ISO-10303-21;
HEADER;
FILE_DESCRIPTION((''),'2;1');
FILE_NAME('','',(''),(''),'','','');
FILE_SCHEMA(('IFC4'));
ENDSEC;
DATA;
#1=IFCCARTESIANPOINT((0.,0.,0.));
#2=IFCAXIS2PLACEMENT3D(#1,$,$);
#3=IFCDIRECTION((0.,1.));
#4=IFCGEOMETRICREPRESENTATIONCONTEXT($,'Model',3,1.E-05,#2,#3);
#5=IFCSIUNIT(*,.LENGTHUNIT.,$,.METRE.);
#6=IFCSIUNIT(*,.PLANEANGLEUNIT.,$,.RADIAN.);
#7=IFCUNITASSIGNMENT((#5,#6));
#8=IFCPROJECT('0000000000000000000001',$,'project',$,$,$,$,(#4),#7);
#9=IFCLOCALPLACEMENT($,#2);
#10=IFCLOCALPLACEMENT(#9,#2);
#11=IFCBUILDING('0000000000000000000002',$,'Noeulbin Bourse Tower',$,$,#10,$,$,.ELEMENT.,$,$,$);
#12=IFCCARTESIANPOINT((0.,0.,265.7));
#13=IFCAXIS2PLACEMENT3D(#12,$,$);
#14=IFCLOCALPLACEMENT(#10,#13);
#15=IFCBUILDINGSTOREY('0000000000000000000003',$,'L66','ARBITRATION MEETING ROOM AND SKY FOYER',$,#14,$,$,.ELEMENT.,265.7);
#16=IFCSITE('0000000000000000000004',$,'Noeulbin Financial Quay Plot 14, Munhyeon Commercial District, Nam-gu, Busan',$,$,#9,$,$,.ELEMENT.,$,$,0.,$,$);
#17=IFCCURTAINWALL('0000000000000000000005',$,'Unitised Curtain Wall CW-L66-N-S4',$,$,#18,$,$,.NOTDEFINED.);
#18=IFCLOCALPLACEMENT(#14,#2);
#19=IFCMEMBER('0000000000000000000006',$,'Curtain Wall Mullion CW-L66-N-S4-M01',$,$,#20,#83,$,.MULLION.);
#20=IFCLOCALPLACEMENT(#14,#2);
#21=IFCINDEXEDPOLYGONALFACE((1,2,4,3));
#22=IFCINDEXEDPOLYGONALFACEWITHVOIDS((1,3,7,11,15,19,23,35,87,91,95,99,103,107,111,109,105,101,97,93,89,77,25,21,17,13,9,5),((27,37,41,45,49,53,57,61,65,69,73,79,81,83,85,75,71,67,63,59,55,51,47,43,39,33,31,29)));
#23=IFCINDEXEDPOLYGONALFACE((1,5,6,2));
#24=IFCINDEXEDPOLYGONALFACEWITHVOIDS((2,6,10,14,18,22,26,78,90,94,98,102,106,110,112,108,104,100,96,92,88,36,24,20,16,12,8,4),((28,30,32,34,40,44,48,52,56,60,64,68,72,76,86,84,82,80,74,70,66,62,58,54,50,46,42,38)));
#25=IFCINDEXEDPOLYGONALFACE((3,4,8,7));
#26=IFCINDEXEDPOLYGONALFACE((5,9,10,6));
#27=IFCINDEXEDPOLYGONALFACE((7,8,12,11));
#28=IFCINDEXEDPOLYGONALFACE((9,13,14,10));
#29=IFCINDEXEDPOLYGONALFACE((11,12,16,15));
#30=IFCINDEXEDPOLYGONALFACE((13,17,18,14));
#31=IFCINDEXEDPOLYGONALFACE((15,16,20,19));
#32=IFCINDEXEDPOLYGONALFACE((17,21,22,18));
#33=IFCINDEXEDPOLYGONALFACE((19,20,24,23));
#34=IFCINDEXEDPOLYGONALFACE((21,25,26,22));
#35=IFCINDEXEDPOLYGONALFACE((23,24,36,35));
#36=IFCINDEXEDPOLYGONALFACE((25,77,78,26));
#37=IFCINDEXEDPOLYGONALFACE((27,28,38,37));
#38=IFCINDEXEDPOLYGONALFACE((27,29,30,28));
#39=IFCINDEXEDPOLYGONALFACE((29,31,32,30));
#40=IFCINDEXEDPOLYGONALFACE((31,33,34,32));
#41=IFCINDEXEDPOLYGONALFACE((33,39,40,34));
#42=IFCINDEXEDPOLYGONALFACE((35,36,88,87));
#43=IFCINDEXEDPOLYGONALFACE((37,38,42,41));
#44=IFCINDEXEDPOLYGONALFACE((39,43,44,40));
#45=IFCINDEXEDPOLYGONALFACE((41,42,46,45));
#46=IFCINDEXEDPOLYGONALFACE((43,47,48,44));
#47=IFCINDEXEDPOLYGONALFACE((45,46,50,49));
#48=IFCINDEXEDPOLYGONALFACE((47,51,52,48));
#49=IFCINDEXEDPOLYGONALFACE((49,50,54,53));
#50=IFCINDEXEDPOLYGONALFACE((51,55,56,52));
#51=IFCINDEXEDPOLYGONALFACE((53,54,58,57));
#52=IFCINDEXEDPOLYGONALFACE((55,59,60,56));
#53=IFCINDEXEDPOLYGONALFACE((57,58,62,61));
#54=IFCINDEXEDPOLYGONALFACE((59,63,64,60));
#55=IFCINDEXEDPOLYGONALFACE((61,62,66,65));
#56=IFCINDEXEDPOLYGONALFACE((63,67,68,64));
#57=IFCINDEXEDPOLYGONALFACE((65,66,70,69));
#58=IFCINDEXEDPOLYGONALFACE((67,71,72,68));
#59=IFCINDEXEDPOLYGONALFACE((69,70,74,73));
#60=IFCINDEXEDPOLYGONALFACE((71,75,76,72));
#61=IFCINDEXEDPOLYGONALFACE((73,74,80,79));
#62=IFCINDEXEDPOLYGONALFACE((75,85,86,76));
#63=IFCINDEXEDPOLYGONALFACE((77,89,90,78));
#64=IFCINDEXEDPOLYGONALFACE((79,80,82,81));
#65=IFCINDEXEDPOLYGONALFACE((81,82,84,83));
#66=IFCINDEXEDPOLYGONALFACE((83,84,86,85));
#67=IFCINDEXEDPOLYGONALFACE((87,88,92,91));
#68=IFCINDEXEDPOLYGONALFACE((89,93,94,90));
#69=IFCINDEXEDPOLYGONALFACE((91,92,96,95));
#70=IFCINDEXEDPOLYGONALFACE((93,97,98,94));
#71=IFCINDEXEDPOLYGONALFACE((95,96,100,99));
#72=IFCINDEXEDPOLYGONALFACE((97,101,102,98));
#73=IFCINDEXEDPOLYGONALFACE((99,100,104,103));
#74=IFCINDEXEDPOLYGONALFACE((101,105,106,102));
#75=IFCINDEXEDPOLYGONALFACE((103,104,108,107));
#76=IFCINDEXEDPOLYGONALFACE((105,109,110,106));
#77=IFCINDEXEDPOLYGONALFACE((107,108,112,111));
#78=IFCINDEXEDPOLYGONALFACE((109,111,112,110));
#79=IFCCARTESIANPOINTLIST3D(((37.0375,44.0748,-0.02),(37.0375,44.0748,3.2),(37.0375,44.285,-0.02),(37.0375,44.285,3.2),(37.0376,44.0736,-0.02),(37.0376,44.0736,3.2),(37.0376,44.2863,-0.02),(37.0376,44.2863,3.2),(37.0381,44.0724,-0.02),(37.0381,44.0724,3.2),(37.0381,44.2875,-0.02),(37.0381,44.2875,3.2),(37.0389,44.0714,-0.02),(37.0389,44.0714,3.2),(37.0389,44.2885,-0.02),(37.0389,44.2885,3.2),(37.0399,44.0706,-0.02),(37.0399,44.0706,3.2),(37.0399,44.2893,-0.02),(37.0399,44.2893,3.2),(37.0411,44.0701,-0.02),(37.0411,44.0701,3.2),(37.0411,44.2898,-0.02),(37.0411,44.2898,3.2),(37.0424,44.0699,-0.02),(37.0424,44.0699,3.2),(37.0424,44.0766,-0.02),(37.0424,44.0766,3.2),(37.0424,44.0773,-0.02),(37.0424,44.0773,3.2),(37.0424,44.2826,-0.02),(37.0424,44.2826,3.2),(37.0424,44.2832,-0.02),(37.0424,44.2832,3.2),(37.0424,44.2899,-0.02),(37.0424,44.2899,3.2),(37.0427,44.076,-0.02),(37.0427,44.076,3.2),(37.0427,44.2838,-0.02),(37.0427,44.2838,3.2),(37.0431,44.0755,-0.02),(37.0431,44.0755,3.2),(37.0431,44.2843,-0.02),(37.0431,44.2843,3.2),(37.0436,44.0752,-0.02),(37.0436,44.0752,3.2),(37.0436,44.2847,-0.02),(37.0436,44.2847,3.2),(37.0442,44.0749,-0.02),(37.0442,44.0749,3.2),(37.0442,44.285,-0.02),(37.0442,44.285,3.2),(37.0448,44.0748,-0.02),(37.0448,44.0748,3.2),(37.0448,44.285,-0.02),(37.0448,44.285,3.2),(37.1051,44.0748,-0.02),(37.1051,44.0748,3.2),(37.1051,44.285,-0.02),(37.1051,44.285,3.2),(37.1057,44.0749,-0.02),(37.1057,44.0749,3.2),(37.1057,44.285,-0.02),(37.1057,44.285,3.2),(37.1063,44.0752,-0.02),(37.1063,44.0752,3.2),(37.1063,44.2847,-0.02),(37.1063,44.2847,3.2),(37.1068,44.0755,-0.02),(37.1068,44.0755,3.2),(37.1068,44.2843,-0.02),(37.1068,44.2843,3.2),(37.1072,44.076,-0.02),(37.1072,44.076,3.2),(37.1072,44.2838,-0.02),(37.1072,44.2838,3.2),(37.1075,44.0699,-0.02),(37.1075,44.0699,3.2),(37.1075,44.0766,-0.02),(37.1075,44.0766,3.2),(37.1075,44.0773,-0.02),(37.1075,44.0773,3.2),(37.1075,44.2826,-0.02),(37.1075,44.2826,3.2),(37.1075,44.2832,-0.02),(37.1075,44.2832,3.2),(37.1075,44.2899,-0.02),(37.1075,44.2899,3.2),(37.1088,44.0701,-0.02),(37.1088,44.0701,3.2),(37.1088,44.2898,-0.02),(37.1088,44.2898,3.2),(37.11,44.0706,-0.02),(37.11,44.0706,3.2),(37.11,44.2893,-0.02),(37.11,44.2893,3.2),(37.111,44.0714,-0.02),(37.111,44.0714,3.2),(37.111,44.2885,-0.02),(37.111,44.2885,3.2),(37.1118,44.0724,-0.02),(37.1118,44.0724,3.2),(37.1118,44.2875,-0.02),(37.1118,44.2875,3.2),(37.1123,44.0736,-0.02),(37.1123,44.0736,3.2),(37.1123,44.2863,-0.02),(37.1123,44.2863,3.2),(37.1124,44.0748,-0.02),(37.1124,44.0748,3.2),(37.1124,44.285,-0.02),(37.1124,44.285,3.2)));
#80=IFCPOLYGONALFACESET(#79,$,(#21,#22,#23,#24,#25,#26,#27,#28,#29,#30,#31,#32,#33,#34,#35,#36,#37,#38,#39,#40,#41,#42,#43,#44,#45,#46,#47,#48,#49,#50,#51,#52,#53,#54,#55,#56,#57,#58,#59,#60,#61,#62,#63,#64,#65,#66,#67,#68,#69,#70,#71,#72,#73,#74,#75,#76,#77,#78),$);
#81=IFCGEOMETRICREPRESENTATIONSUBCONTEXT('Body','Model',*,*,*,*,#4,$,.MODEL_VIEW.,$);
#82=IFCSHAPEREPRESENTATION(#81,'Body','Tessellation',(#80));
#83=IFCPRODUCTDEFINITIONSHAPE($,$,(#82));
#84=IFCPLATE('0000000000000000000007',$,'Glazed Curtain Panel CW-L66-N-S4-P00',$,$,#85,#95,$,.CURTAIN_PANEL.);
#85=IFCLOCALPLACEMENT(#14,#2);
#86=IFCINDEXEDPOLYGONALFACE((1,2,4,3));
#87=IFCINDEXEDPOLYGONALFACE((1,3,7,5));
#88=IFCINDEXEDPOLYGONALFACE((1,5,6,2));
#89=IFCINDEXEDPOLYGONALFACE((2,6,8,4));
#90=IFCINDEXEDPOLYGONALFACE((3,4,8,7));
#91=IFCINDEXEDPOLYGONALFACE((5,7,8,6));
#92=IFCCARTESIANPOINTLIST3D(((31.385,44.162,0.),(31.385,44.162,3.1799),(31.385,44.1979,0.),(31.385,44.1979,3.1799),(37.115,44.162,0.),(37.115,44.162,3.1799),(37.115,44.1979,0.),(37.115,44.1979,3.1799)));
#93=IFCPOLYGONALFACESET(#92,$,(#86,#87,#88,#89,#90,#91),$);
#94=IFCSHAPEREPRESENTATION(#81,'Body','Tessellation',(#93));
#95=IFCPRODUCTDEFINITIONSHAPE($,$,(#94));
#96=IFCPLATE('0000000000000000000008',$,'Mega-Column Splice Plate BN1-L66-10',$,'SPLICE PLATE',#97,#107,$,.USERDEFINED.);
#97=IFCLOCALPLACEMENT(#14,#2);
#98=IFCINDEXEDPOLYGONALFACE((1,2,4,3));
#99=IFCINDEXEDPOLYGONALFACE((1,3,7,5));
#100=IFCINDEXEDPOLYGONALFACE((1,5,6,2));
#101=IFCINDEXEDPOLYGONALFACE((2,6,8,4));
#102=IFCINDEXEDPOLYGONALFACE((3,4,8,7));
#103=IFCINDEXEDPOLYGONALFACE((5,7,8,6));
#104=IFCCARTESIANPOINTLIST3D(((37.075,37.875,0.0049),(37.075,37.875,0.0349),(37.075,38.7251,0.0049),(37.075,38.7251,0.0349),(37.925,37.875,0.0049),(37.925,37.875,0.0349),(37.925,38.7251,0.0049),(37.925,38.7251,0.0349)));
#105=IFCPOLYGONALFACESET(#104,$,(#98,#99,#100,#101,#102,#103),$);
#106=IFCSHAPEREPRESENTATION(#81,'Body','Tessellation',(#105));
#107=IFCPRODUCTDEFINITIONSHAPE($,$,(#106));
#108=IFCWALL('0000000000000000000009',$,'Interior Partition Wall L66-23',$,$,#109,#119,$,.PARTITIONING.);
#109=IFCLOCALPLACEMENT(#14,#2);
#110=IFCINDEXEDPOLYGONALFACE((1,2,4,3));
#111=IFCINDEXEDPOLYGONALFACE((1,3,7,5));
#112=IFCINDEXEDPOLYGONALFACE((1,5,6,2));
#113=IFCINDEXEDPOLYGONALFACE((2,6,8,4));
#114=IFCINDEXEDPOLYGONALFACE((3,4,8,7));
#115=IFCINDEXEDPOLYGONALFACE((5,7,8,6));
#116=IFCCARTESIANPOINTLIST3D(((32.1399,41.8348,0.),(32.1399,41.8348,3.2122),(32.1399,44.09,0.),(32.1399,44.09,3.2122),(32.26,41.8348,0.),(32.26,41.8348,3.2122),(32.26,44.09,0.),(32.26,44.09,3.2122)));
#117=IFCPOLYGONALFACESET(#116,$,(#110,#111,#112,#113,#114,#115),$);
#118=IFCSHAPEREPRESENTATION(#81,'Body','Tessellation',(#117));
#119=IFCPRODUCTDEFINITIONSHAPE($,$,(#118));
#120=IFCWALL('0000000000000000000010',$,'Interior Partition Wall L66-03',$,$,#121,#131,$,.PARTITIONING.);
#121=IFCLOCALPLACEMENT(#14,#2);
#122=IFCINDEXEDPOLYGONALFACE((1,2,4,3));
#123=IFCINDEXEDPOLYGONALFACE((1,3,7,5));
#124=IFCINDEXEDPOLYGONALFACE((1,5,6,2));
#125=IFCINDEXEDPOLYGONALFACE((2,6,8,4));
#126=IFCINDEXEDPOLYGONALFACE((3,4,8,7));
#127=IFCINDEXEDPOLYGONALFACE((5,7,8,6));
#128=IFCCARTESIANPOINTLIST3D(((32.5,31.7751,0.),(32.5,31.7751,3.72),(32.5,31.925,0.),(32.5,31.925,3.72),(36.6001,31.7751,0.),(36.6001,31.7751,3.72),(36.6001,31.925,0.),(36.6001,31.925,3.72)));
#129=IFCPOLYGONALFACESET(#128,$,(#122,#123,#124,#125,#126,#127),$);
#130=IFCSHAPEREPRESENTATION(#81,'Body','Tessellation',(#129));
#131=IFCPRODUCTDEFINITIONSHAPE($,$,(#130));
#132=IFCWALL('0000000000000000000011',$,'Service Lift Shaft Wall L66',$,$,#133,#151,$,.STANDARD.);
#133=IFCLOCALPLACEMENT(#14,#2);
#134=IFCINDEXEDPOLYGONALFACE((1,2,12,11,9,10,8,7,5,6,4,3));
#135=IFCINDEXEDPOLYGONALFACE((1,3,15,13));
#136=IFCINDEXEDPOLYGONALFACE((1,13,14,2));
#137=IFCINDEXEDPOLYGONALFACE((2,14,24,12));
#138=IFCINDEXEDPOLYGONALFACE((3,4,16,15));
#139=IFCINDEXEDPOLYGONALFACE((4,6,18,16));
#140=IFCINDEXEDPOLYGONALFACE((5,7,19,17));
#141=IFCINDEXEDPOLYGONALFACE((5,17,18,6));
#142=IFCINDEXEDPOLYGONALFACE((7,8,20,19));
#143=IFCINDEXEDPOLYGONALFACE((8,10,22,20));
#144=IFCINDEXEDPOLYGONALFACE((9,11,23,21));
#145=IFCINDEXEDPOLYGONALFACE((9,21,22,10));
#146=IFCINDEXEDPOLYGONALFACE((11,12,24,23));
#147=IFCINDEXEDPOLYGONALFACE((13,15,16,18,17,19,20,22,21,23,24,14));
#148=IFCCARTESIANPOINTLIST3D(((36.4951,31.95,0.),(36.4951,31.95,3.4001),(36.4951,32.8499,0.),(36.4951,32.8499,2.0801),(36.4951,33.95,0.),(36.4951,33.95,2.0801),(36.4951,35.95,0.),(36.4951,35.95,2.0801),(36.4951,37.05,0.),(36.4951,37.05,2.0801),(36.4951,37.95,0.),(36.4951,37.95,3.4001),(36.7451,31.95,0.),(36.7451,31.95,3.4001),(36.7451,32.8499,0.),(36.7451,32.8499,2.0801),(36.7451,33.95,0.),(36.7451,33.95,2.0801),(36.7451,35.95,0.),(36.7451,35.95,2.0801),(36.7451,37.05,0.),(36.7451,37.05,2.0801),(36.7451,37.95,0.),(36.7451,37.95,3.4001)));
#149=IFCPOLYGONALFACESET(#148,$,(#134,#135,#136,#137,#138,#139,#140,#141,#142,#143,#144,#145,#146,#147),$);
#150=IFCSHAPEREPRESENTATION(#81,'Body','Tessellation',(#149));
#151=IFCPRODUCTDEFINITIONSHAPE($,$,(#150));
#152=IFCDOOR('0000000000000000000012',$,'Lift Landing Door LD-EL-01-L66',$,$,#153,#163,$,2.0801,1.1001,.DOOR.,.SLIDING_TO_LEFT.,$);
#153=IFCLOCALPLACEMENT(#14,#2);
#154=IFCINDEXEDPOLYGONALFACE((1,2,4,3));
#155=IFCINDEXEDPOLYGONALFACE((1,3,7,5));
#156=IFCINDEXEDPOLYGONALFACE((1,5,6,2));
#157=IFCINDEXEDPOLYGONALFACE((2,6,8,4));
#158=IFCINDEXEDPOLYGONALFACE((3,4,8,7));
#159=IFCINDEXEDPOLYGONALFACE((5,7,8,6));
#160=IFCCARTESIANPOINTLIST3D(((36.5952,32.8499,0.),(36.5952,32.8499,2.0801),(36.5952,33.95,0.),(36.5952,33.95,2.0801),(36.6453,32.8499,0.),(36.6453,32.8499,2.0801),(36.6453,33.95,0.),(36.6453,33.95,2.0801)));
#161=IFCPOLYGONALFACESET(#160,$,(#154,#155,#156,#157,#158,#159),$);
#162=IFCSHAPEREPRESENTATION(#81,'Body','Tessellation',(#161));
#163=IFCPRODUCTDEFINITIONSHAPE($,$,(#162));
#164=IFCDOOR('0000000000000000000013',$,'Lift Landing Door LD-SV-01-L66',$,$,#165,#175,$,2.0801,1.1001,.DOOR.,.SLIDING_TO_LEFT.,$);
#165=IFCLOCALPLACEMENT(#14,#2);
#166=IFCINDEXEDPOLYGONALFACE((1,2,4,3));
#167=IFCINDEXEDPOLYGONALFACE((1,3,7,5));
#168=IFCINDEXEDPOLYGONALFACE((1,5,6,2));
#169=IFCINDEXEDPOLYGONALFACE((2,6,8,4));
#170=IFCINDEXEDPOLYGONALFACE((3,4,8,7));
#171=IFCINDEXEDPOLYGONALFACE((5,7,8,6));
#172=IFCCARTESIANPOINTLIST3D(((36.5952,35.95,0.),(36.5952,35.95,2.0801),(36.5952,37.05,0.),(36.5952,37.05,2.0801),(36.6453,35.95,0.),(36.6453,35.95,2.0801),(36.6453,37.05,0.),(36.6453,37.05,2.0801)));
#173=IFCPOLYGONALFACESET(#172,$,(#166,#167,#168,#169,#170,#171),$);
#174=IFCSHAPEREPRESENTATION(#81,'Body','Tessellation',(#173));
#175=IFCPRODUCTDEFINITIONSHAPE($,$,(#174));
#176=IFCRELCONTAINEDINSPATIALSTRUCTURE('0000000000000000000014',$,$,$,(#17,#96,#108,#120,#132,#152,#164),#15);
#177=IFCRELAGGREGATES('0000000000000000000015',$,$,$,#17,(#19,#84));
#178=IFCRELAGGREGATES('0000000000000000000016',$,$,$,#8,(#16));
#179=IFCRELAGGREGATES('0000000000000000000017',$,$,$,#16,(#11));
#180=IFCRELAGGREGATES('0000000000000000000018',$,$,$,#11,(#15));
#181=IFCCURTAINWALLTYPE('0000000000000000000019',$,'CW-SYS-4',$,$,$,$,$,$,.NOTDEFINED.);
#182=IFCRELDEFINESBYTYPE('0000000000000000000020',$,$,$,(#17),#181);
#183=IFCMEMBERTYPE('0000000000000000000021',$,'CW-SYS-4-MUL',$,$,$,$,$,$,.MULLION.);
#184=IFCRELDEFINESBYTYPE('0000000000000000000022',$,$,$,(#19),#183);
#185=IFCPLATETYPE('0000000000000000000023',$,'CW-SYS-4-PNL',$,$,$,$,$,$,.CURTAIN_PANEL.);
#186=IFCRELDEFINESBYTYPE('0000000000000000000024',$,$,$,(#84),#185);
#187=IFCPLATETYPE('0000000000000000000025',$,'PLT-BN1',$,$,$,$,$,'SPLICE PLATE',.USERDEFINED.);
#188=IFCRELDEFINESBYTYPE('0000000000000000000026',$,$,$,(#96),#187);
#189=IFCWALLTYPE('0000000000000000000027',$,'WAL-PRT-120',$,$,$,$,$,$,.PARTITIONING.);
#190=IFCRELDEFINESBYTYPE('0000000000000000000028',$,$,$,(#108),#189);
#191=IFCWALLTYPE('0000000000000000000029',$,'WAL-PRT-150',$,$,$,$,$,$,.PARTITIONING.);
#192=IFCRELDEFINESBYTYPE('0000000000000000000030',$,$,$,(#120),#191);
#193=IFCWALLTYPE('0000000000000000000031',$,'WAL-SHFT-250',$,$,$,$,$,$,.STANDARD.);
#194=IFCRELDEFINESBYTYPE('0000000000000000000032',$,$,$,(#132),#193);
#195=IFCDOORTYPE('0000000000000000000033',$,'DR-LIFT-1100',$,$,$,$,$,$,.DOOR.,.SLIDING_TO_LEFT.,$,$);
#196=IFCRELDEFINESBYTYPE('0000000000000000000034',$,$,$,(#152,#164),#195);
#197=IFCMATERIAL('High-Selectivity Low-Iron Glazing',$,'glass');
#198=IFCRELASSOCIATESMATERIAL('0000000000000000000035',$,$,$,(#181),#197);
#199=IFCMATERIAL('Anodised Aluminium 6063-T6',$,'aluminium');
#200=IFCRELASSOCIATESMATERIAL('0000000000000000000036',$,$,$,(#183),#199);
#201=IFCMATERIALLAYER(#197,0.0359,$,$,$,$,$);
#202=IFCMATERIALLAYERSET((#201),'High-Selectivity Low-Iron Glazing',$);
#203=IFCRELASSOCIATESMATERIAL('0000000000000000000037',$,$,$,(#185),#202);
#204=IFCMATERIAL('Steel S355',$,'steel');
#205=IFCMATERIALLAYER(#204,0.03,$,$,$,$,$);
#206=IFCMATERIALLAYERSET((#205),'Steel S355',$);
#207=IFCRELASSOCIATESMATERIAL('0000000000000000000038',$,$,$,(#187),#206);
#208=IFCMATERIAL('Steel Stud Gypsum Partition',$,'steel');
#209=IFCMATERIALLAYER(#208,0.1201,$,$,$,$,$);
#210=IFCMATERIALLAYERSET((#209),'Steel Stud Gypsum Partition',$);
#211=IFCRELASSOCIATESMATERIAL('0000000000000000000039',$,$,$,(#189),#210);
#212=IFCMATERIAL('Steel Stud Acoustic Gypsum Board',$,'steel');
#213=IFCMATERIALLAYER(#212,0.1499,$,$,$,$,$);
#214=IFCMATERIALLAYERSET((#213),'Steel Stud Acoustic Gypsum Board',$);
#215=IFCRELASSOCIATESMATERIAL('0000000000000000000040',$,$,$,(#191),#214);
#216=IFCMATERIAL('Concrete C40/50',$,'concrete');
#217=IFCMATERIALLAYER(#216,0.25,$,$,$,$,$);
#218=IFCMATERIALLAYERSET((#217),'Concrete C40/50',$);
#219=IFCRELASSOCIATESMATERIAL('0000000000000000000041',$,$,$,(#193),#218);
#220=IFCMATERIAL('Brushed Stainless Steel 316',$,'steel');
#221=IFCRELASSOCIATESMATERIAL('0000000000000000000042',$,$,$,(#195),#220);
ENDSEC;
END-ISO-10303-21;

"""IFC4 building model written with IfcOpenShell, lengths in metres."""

from ifc_helpers import new_model, si_unit, direction, frame, frame_2d, origin, origin_2d, place, context, subcontext, project, spatial, rectangle, hollow_rectangle, extrude, material, layer, layer_set, material_profile, profile_set, type_object, element, fill, aggregate, save


model = new_model("IFC4")

# Units and contexts
model_context = context("Model", 3, precision=1e-05, world=origin(), true_north=direction((0.0, 1.0)))
body_context = subcontext(model_context, "Body", "Model", "MODEL_VIEW")
ifc_project = project(units=[si_unit("LENGTHUNIT", "METRE"), si_unit("PLANEANGLEUNIT", "RADIAN")], contexts=[model_context])

# Site, building, storey
site_placement = place(None, origin())
site = spatial("IfcSite", under=ifc_project, at=site_placement, Name="Noeulbin Financial Quay Plot 14, Munhyeon Commercial District, Nam-gu, Busan", CompositionType="ELEMENT", RefElevation=0.0)
building_placement = place(site_placement, origin())
building = spatial("IfcBuilding", under=site, at=building_placement, Name="Noeulbin Bourse Tower", CompositionType="ELEMENT")
storey_placement = place(building_placement, frame((0.0, 0.0, 265.7)))
storey = spatial("IfcBuildingStorey", under=building, at=storey_placement, Name="L66", Description="ARBITRATION MEETING ROOM AND SKY FOYER", CompositionType="ELEMENT", Elevation=265.7)

# Shared definitions
ifc_material_1 = material(Name="Steel S355", Category="steel")

# Curtain wall, member, plate
ifc_material_2 = material(Name="High-Selectivity Low-Iron Glazing", Category="glass")
curtain_wall_type = type_object("IfcCurtainWallType", Name="CW-SYS-4", PredefinedType="NOTDEFINED", material=ifc_material_2)
curtain_wall_placement = place(storey_placement, origin())
curtain_wall = element("IfcCurtainWall", 1, at=curtain_wall_placement, inside=storey, type_object=curtain_wall_type, Name="Unitised Curtain Wall CW-L66-N-S4", PredefinedType="NOTDEFINED")
ifc_material_3 = material(Name="Anodised Aluminium 6063-T6", Category="aluminium")
ifc_material_profile_1 = material_profile(ifc_material_3, hollow_rectangle(XDim=0.075, YDim=0.22, WallThickness=0.0049, InnerFilletRadius=0.0024, OuterFilletRadius=0.0049, at=origin_2d()), Name="ALU-MULL-75x220x5", Category="LoadBearing")
ifc_profile_set_1 = profile_set([ifc_material_profile_1], Name="Anodised Aluminium 6063-T6")
member_type = type_object("IfcMemberType", Name="CW-SYS-4-MUL", PredefinedType="MULLION", material=ifc_profile_set_1)
member_placement = place(storey_placement, frame((37.075, 44.1799, -0.02), z_axis=(0.0, 0.0, 1.0), x_axis=(1.0, 0.0, 0.0)))
member = element("IfcMember", 2, at=member_placement, type_object=member_type, Name="Curtain Wall Mullion CW-L66-N-S4-M01", PredefinedType="MULLION", context=body_context, shape_type="SweptSolid", body=[
    extrude(hollow_rectangle(XDim=0.075, YDim=0.22, WallThickness=0.0049, InnerFilletRadius=0.0024, OuterFilletRadius=0.0049, at=origin_2d()), origin(), (0.0, 0.0, 1.0), 3.22),
])
ifc_layer_1 = layer(ifc_material_2, 0.0359)
ifc_layer_set_1 = layer_set([ifc_layer_1], Name="High-Selectivity Low-Iron Glazing")
plate_type_1 = type_object("IfcPlateType", Name="CW-SYS-4-PNL", PredefinedType="CURTAIN_PANEL", material=ifc_layer_set_1)
plate_1_placement = place(storey_placement, frame((34.25, 44.1799, 0.0), z_axis=(0.0, 0.0, 1.0), x_axis=(1.0, 0.0, 0.0)))
plate_1 = element("IfcPlate", 3, at=plate_1_placement, type_object=plate_type_1, Name="Glazed Curtain Panel CW-L66-N-S4-P00", PredefinedType="CURTAIN_PANEL", context=body_context, shape_type="SweptSolid", body=[
    extrude(rectangle(XDim=5.73, YDim=0.0359, at=origin_2d()), origin(), (0.0, 0.0, 1.0), 3.1799),
])
aggregate(curtain_wall, [member, plate_1])

# Plate
ifc_layer_2 = layer(ifc_material_1, 0.03)
ifc_layer_set_2 = layer_set([ifc_layer_2], Name="Steel S355")
plate_type_2 = type_object("IfcPlateType", Name="PLT-BN1", ElementType="SPLICE PLATE", PredefinedType="USERDEFINED", material=ifc_layer_set_2)
plate_2_placement = place(storey_placement, frame((37.5, 38.3, 0.0049), z_axis=(0.0, 0.0, 1.0), x_axis=(1.0, 0.0, 0.0)))
element("IfcPlate", 4, at=plate_2_placement, inside=storey, type_object=plate_type_2, Name="Mega-Column Splice Plate BN1-L66-10", ObjectType="SPLICE PLATE", PredefinedType="USERDEFINED", context=body_context, shape_type="SweptSolid", body=[
    extrude(rectangle(XDim=0.8501, YDim=0.8501, at=origin_2d()), origin(), (0.0, 0.0, 1.0), 0.03),
])

# Walls
ifc_material_4 = material(Name="Steel Stud Gypsum Partition", Category="steel")
ifc_layer_3 = layer(ifc_material_4, 0.1201)
ifc_layer_set_3 = layer_set([ifc_layer_3], Name="Steel Stud Gypsum Partition")
wall_type_1 = type_object("IfcWallType", Name="WAL-PRT-120", PredefinedType="PARTITIONING", material=ifc_layer_set_3)
wall_1_placement = place(storey_placement, frame((32.2, 41.835, 0.0), z_axis=(0.0, 0.0, 1.0), x_axis=(0.0, 1.0, 0.0)))
element("IfcWall", 5, at=wall_1_placement, inside=storey, type_object=wall_type_1, Name="Interior Partition Wall L66-23", PredefinedType="PARTITIONING", context=body_context, shape_type="SweptSolid", body=[
    extrude(rectangle(XDim=2.2551, YDim=0.1201, at=frame_2d((1.1274, 0.0))), origin(), (0.0, 0.0, 1.0), 3.2122),
])
ifc_material_5 = material(Name="Steel Stud Acoustic Gypsum Board", Category="steel")
ifc_layer_4 = layer(ifc_material_5, 0.1499)
ifc_layer_set_4 = layer_set([ifc_layer_4], Name="Steel Stud Acoustic Gypsum Board")
wall_type_2 = type_object("IfcWallType", Name="WAL-PRT-150", PredefinedType="PARTITIONING", material=ifc_layer_set_4)
wall_2_placement = place(storey_placement, frame((32.5, 31.8501, 0.0), z_axis=(0.0, 0.0, 1.0), x_axis=(1.0, 0.0, 0.0)))
element("IfcWall", 6, at=wall_2_placement, inside=storey, type_object=wall_type_2, Name="Interior Partition Wall L66-03", PredefinedType="PARTITIONING", context=body_context, shape_type="SweptSolid", body=[
    extrude(rectangle(XDim=4.1001, YDim=0.1499, at=frame_2d((2.05, 0.0))), origin(), (0.0, 0.0, 1.0), 3.72),
])

# Wall, openings, doors
ifc_material_6 = material(Name="Concrete C40/50", Category="concrete")
ifc_layer_5 = layer(ifc_material_6, 0.25)
ifc_layer_set_5 = layer_set([ifc_layer_5], Name="Concrete C40/50")
wall_type_3 = type_object("IfcWallType", Name="WAL-SHFT-250", PredefinedType="STANDARD", material=ifc_layer_set_5)
wall_3_placement = place(storey_placement, frame((36.6201, 31.95, 0.0), z_axis=(0.0, 0.0, 1.0), x_axis=(0.0, 1.0, 0.0)))
wall_3 = element("IfcWall", 7, at=wall_3_placement, inside=storey, type_object=wall_type_3, Name="Service Lift Shaft Wall L66", PredefinedType="STANDARD", context=body_context, shape_type="SweptSolid", body=[
    extrude(rectangle(XDim=6.0, YDim=0.25, at=frame_2d((3.0, 0.0))), origin(), (0.0, 0.0, 1.0), 3.4001),
])
opening_1_placement = place(wall_3_placement, frame((0.8999, 0.0, 0.0)))
opening_1 = element("IfcOpeningElement", 8, at=opening_1_placement, cuts=wall_3, PredefinedType="OPENING", context=body_context, shape_type="SweptSolid", body=[
    extrude(rectangle(XDim=1.1001, YDim=2.0801, at=frame_2d((0.55, 1.04))), frame((0.0, 0.135, 0.0), z_axis=(0.0, -1.0, 0.0), x_axis=(1.0, 0.0, 0.0)), (0.0, 0.0, 1.0), 0.27),
])
opening_2_placement = place(wall_3_placement, frame((4.0, 0.0, 0.0)))
opening_2 = element("IfcOpeningElement", 9, at=opening_2_placement, cuts=wall_3, PredefinedType="OPENING", context=body_context, shape_type="SweptSolid", body=[
    extrude(rectangle(XDim=1.1001, YDim=2.0801, at=frame_2d((0.55, 1.04))), frame((0.0, 0.135, 0.0), z_axis=(0.0, -1.0, 0.0), x_axis=(1.0, 0.0, 0.0)), (0.0, 0.0, 1.0), 0.27),
])
ifc_material_7 = material(Name="Brushed Stainless Steel 316", Category="steel")
door_type_1 = type_object("IfcDoorType", Name="DR-LIFT-1100", OperationType="SLIDING_TO_LEFT", PredefinedType="DOOR", material=ifc_material_7)
door_1_placement = place(opening_1_placement, origin())
door_1 = element("IfcDoor", 10, at=door_1_placement, inside=storey, type_object=door_type_1, Name="Lift Landing Door LD-EL-01-L66", OperationType="SLIDING_TO_LEFT", OverallHeight=2.0801, OverallWidth=1.1001, PredefinedType="DOOR", context=body_context, shape_type="SweptSolid", body=[
    extrude(rectangle(XDim=1.1001, YDim=2.0801, at=frame_2d((0.55, 1.04))), frame((0.0, 0.0249, 0.0), z_axis=(0.0, -1.0, 0.0), x_axis=(1.0, 0.0, 0.0)), (0.0, 0.0, 1.0), 0.05),
])
fill(opening_1, door_1)
door_2_placement = place(opening_2_placement, origin())
door_2 = element("IfcDoor", 11, at=door_2_placement, inside=storey, type_object=door_type_1, Name="Lift Landing Door LD-SV-01-L66", OperationType="SLIDING_TO_LEFT", OverallHeight=2.0801, OverallWidth=1.1001, PredefinedType="DOOR", context=body_context, shape_type="SweptSolid", body=[
    extrude(rectangle(XDim=1.1001, YDim=2.0801, at=frame_2d((0.55, 1.04))), frame((0.0, 0.0249, 0.0), z_axis=(0.0, -1.0, 0.0), x_axis=(1.0, 0.0, 0.0)), (0.0, 0.0, 1.0), 0.05),
])
fill(opening_2, door_2)

save(model, "model.ifc")
